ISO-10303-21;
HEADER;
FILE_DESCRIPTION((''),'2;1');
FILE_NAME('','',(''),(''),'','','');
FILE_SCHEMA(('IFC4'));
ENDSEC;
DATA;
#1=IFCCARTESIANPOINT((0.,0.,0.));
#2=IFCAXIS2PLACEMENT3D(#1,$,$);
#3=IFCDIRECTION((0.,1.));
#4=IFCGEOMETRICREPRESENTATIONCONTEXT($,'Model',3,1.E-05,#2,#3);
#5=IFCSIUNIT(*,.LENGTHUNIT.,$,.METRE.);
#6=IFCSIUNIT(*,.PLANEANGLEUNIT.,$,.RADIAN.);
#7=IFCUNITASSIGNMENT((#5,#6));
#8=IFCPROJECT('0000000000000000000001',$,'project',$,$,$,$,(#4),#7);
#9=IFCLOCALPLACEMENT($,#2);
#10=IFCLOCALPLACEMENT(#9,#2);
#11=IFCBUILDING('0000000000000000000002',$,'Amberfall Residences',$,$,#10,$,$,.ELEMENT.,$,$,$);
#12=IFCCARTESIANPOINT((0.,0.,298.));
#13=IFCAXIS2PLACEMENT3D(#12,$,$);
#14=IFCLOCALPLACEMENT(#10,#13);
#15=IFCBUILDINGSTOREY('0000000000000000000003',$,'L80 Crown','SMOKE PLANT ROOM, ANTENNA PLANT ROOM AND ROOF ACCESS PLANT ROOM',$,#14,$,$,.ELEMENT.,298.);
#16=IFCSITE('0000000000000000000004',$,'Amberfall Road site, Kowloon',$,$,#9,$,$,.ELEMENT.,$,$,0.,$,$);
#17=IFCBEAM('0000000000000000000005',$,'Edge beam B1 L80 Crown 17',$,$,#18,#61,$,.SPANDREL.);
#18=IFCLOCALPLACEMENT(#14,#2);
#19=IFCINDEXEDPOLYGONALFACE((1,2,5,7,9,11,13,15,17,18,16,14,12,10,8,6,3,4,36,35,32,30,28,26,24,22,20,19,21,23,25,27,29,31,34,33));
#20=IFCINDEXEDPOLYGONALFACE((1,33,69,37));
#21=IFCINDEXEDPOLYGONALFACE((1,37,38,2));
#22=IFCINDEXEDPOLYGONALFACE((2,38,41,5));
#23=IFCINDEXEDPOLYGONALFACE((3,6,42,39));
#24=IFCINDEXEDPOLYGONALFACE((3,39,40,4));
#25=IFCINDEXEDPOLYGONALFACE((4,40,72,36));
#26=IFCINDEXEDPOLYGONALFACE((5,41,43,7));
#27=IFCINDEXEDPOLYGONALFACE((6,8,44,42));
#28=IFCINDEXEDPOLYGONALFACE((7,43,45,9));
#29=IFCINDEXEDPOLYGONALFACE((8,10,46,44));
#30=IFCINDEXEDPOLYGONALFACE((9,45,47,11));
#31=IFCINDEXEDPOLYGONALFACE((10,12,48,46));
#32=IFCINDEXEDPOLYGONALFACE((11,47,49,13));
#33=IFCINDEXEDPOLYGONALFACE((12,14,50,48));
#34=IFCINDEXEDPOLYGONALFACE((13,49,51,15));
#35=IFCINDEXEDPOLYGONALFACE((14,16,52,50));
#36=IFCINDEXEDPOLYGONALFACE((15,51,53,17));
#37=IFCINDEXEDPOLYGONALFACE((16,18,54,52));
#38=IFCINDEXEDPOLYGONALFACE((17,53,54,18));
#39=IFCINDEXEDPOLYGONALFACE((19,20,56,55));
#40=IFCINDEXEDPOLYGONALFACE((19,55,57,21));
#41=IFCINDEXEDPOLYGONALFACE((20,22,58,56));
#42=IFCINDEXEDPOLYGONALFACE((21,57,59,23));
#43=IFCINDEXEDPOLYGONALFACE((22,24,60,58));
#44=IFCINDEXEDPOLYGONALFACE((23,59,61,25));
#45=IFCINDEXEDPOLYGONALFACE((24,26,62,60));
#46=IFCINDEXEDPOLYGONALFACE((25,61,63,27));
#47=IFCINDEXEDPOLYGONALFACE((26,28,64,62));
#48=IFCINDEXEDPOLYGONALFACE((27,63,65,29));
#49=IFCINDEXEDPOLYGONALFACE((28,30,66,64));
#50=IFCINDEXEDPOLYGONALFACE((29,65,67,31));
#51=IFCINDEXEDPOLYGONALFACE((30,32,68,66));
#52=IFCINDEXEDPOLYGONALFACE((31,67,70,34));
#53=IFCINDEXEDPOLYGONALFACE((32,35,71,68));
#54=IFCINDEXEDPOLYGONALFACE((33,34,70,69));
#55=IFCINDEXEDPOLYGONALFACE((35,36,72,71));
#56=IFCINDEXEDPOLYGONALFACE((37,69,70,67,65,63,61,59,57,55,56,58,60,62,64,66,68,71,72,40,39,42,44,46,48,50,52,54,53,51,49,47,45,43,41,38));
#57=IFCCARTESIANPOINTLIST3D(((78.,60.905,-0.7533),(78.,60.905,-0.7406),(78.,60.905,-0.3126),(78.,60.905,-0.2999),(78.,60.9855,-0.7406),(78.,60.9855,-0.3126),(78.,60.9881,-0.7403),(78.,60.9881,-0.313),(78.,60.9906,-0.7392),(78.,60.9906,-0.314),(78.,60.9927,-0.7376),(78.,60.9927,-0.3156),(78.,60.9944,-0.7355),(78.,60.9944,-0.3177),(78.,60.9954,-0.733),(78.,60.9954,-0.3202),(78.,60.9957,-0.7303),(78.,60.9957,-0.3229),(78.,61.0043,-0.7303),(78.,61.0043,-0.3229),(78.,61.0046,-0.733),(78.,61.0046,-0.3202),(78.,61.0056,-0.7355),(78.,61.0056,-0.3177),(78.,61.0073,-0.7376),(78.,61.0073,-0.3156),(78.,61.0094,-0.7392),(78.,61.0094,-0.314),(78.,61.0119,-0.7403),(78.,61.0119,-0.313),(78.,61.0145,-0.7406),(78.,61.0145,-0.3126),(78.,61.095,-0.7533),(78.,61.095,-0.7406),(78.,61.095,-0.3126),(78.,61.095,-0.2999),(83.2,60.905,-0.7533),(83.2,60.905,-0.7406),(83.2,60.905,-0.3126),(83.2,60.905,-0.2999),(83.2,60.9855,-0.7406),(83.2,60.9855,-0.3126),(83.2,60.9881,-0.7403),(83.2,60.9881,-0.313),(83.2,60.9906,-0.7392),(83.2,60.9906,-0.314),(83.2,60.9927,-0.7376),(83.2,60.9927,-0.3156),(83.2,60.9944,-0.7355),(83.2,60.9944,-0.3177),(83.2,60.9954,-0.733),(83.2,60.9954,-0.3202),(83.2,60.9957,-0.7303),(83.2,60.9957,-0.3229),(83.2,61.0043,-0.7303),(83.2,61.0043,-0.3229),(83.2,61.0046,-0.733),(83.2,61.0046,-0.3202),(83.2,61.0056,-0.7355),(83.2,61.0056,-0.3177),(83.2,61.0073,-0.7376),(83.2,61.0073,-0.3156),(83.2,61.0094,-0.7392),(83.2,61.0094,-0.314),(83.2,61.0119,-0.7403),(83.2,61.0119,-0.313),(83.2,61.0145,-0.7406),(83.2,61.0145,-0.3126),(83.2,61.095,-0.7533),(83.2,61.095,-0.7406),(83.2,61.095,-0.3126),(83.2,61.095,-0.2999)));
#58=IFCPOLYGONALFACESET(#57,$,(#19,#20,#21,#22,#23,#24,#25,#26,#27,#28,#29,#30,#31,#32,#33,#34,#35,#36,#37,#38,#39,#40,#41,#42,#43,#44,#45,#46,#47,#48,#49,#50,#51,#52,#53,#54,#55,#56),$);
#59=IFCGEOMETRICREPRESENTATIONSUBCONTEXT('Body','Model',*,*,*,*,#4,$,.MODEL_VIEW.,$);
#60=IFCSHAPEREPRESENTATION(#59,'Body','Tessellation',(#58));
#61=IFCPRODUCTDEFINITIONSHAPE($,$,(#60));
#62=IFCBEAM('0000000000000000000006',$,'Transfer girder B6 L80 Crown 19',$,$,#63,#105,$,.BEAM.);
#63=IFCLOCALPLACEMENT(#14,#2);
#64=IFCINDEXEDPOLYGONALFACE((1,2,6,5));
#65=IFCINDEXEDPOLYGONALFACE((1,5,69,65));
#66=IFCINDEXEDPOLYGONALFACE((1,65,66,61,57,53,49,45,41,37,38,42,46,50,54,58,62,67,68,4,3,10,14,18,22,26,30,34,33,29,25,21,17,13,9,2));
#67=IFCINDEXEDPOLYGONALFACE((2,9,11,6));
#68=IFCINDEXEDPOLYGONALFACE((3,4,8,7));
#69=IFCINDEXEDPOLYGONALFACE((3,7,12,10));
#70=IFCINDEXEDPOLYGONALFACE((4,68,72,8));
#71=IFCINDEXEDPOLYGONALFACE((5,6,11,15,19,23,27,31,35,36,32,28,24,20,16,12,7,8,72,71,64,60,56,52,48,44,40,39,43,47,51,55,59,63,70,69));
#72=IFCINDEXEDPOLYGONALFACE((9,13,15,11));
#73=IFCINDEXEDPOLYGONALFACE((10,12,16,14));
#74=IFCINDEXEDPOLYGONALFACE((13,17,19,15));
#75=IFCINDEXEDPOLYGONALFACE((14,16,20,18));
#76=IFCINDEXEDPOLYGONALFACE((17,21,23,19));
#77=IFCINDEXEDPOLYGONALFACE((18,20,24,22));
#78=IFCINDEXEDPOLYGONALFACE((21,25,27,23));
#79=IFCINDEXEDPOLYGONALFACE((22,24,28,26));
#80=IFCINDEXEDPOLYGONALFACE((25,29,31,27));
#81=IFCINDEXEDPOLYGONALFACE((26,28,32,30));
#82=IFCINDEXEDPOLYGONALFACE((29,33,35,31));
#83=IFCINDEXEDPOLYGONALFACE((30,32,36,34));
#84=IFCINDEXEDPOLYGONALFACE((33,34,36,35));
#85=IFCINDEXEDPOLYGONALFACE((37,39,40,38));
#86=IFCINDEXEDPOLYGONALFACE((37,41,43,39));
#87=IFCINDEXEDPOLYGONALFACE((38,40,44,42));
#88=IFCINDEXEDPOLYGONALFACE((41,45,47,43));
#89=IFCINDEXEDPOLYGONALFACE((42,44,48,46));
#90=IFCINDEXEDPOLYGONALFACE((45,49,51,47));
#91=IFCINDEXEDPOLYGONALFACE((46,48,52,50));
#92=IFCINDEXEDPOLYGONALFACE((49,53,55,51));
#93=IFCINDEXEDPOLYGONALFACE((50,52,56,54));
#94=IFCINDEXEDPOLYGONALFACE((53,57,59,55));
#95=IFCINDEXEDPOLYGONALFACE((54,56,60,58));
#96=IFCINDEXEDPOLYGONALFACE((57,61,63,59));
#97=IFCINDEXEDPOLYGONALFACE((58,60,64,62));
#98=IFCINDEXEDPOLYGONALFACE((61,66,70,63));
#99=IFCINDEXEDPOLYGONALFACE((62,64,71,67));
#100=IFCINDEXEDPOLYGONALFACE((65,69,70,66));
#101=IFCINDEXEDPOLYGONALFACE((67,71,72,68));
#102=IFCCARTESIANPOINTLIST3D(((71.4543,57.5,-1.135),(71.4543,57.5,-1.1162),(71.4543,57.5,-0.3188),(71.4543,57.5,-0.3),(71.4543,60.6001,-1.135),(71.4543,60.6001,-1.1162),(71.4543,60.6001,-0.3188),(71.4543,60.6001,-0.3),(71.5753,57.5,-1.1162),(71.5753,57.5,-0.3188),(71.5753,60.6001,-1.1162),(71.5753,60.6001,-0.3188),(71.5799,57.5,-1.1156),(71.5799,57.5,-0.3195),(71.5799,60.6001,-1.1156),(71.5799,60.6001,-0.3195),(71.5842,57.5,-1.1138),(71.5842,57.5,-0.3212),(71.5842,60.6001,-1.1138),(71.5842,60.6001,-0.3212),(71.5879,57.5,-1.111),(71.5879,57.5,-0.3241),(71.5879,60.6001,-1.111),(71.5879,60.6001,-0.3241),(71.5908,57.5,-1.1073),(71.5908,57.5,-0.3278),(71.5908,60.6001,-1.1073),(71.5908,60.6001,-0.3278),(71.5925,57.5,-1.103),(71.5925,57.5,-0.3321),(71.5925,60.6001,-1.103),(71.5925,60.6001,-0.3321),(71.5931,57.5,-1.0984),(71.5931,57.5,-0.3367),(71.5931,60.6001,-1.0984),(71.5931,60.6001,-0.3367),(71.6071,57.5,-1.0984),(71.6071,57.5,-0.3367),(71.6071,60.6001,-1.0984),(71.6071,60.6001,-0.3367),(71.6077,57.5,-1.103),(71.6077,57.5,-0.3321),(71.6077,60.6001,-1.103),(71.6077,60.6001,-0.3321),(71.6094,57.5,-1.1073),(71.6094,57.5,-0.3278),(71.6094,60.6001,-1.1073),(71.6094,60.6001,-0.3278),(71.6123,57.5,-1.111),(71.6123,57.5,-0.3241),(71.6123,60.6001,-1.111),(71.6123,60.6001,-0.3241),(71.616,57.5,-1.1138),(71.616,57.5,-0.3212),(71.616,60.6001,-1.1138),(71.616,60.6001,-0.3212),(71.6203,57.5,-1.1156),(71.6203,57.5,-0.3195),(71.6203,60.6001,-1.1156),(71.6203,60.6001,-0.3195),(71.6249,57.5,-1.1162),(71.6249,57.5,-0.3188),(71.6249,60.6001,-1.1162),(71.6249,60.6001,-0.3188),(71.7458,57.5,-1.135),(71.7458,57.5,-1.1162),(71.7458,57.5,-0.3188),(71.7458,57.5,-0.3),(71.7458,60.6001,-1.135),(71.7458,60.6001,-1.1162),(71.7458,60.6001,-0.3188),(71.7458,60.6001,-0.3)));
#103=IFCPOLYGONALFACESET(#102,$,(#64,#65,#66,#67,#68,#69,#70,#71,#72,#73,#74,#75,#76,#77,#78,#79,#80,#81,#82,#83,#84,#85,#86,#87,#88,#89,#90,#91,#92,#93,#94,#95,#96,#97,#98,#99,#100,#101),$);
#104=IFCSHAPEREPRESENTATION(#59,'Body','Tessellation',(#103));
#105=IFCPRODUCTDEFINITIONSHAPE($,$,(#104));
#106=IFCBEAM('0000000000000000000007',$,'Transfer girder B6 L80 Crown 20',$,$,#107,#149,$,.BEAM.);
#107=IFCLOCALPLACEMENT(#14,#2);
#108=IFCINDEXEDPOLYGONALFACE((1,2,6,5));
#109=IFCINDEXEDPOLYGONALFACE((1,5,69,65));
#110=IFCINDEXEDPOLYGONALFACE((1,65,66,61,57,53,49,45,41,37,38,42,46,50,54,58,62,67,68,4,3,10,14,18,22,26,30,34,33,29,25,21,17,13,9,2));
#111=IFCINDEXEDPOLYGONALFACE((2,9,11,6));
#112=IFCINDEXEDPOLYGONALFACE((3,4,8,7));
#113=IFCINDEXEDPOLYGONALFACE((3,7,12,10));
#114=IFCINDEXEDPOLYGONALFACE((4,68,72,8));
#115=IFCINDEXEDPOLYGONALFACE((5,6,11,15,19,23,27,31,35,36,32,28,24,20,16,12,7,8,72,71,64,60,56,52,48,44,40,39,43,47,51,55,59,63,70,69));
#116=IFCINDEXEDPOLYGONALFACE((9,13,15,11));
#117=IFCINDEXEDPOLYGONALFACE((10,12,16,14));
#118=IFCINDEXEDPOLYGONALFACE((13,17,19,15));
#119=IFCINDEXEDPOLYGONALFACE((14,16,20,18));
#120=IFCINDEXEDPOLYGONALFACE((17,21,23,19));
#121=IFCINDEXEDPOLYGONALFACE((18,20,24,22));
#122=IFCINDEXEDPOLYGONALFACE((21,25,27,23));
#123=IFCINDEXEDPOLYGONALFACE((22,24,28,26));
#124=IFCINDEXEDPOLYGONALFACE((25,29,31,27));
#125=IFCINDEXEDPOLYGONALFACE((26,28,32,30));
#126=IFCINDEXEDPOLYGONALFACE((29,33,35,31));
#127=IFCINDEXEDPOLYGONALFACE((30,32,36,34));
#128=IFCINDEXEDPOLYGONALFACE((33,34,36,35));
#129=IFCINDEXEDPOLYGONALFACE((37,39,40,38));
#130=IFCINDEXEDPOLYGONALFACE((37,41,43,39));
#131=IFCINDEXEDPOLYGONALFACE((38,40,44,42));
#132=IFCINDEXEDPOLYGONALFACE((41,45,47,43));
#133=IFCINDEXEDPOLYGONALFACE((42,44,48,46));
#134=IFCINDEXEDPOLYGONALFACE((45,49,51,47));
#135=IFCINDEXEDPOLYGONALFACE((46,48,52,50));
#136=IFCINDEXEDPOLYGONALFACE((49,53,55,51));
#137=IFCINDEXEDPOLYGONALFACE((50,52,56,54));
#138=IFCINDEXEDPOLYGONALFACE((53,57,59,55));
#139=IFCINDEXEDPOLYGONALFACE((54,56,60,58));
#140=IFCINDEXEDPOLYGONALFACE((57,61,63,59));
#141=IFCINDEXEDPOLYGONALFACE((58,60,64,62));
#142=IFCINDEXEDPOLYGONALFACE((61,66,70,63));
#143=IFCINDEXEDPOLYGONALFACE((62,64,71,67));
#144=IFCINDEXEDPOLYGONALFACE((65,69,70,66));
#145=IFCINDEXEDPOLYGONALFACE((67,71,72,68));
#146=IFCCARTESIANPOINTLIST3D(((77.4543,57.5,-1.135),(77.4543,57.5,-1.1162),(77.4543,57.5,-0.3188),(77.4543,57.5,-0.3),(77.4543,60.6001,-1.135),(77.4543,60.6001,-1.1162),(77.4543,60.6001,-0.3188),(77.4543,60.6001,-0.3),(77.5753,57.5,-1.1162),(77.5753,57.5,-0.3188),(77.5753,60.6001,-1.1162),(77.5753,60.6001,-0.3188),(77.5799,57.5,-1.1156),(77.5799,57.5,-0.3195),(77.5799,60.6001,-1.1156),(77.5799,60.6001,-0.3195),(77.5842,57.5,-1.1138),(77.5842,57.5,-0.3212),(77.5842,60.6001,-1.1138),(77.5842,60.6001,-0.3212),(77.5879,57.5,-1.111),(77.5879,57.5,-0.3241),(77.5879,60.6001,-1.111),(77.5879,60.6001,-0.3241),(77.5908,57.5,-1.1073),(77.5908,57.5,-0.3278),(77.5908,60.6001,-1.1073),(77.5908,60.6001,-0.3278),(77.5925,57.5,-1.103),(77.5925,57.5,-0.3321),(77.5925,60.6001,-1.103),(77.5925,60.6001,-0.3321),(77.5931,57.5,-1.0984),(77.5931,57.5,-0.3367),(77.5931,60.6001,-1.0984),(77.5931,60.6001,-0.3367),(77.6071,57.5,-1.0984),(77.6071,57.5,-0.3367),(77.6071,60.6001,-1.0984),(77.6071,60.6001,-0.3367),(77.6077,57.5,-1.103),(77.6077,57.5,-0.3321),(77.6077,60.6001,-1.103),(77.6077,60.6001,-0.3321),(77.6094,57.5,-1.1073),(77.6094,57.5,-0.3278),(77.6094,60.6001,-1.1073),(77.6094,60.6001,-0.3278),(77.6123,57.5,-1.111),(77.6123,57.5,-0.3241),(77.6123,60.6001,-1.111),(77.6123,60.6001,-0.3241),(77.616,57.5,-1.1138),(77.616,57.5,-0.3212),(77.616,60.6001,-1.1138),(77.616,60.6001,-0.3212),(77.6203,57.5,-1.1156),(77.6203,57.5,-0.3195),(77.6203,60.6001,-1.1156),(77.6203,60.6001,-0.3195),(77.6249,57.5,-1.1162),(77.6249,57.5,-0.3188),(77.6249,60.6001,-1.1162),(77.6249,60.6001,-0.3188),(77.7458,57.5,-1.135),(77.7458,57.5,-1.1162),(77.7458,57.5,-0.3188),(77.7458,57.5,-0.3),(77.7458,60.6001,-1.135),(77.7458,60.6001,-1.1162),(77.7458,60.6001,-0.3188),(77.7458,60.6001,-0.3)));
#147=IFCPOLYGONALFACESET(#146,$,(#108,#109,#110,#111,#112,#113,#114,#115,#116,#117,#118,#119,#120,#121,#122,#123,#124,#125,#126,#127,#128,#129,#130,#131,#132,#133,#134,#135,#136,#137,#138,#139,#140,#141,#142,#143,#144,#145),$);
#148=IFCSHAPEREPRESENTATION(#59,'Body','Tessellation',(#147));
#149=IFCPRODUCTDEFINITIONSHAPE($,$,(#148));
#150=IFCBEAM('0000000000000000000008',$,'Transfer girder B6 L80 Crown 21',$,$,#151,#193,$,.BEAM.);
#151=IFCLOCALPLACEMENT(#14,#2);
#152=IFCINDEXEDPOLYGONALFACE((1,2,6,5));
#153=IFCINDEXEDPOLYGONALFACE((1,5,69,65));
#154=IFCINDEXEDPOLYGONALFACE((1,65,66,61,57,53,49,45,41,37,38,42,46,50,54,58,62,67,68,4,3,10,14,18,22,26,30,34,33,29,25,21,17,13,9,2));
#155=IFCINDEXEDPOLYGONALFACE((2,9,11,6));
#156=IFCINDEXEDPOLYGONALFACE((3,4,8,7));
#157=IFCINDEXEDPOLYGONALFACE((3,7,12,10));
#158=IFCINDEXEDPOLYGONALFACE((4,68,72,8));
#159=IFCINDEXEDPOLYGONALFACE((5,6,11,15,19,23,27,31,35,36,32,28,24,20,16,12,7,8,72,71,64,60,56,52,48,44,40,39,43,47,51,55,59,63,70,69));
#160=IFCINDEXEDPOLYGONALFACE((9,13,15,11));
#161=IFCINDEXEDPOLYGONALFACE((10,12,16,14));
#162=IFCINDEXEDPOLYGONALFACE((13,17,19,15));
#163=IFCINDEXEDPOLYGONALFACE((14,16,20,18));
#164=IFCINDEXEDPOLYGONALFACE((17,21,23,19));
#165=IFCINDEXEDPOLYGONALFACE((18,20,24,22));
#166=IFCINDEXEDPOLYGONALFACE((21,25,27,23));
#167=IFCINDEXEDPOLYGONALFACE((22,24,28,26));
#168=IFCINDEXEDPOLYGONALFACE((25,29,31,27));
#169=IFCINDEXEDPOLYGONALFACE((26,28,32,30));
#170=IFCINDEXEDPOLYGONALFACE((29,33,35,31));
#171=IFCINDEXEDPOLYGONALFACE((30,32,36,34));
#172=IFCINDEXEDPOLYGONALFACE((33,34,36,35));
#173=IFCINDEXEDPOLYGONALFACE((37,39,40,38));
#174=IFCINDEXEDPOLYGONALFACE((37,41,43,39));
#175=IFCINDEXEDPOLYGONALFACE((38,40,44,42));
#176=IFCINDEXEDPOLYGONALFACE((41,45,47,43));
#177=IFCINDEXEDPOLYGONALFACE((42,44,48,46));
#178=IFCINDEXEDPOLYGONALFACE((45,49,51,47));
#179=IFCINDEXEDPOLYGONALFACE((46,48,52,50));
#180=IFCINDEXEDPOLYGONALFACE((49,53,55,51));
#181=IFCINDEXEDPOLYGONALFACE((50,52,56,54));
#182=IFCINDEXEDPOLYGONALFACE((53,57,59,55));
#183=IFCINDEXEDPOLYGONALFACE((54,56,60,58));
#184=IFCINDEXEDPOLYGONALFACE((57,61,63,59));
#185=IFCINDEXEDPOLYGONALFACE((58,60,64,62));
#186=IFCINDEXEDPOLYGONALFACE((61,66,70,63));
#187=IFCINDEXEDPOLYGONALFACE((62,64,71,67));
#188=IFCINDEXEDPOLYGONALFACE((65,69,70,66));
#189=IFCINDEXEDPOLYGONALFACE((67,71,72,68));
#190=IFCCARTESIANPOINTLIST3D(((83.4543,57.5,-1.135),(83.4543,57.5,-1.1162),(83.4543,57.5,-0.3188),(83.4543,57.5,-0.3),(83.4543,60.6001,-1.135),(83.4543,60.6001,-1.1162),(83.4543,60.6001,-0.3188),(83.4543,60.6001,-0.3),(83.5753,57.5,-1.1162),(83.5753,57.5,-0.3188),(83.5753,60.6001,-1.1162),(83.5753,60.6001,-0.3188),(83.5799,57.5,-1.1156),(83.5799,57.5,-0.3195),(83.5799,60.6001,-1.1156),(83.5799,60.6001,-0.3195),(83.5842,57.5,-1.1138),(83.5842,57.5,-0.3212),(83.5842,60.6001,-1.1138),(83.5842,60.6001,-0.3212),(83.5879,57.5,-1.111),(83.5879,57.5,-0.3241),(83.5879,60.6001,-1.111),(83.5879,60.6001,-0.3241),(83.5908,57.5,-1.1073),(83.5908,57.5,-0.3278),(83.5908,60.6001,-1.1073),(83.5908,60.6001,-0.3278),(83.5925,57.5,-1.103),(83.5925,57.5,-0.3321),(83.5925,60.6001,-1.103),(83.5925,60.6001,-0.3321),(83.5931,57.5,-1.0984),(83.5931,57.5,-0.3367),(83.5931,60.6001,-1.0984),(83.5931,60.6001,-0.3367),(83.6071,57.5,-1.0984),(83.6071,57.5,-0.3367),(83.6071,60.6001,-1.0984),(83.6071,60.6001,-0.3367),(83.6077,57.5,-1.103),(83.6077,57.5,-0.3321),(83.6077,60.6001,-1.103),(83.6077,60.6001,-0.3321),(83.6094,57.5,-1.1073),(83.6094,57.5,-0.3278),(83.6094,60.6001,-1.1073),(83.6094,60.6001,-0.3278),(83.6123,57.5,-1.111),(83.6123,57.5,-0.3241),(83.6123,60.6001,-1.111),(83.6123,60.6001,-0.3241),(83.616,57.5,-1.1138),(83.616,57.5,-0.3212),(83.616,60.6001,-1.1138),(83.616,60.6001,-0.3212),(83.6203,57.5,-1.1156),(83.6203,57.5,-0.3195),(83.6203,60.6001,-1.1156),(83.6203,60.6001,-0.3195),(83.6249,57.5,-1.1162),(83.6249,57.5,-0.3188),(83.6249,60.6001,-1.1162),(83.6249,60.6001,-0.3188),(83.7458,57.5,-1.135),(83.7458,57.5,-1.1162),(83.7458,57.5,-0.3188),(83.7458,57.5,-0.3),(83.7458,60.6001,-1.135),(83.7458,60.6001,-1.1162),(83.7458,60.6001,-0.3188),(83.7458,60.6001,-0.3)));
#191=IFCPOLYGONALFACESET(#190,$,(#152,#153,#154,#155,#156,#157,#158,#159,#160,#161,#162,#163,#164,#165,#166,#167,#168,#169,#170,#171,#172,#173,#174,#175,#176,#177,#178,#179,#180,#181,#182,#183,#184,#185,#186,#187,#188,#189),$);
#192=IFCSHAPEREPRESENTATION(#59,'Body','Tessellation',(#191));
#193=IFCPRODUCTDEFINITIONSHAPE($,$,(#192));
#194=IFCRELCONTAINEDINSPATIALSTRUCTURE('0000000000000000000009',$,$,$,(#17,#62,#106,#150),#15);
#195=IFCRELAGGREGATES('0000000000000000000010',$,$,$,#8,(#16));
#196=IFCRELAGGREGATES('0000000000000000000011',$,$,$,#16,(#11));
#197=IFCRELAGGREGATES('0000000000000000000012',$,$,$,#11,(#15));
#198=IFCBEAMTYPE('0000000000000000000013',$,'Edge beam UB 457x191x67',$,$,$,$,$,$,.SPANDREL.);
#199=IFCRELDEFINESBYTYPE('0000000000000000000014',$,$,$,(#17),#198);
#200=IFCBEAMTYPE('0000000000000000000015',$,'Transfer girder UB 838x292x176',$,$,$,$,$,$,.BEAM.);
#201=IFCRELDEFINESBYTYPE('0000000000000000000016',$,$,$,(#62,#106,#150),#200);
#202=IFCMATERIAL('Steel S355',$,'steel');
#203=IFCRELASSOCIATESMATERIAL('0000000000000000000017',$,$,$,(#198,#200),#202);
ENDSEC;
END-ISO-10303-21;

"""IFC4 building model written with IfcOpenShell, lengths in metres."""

from ifc_helpers import new_model, si_unit, direction, frame, origin, origin_2d, place, context, subcontext, project, spatial, i_section, extrude, material, material_profile, profile_set, type_object, element, save


model = new_model("IFC4")

# Units and contexts
model_context = context("Model", 3, precision=1e-05, world=origin(), true_north=direction((0.0, 1.0)))
body_context = subcontext(model_context, "Body", "Model", "MODEL_VIEW")
ifc_project = project(units=[si_unit("LENGTHUNIT", "METRE"), si_unit("PLANEANGLEUNIT", "RADIAN")], contexts=[model_context])

# Site, building, storey
site_placement = place(None, origin())
site = spatial("IfcSite", under=ifc_project, at=site_placement, Name="Amberfall Road site, Kowloon", CompositionType="ELEMENT", RefElevation=0.0)
building_placement = place(site_placement, origin())
building = spatial("IfcBuilding", under=site, at=building_placement, Name="Amberfall Residences", CompositionType="ELEMENT")
storey_placement = place(building_placement, frame((0.0, 0.0, 298.0)))
storey = spatial("IfcBuildingStorey", under=building, at=storey_placement, Name="L80 Crown", Description="SMOKE PLANT ROOM, ANTENNA PLANT ROOM AND ROOF ACCESS PLANT ROOM", CompositionType="ELEMENT", Elevation=298.0)

# Beams
ifc_material_1 = material(Name="Steel S355", Category="steel")
ifc_material_profile_1 = material_profile(ifc_material_1, i_section(OverallWidth=0.1899, OverallDepth=0.4534, WebThickness=0.0085, FlangeThickness=0.0127, FilletRadius=0.0103, at=origin_2d()), Name="UB 457x191x67")
ifc_profile_set_1 = profile_set([ifc_material_profile_1], Name="Steel S355")
beam_type_1 = type_object("IfcBeamType", Name="Edge beam UB 457x191x67", PredefinedType="SPANDREL", material=ifc_profile_set_1)
for number, where, z_axis, x_axis, name in (
    (1, (78.0, 61.0, -0.5266), (1.0, 0.0, 0.0), (0.0, 1.0, 0.0), "Edge beam B1 L80 Crown 17"),
):
    element("IfcBeam", number, at=place(storey_placement, frame(where, z_axis=z_axis, x_axis=x_axis)), inside=storey, type_object=beam_type_1, Name=name, PredefinedType="SPANDREL", context=body_context, shape_type="SweptSolid", body=[
        extrude(i_section(OverallWidth=0.1899, OverallDepth=0.4534, WebThickness=0.0085, FlangeThickness=0.0127, FilletRadius=0.0103, at=origin_2d()), origin(), (0.0, 0.0, 1.0), 5.2),
    ])
ifc_material_profile_2 = material_profile(ifc_material_1, i_section(OverallWidth=0.2915, OverallDepth=0.835, WebThickness=0.0139, FlangeThickness=0.0188, FilletRadius=0.0178, at=origin_2d()), Name="UB 838x292x176")
ifc_profile_set_2 = profile_set([ifc_material_profile_2], Name="Steel S355")
beam_type_2 = type_object("IfcBeamType", Name="Transfer girder UB 838x292x176", PredefinedType="BEAM", material=ifc_profile_set_2)
for number, where, z_axis, x_axis, name in (
    (2, (71.6001, 60.6001, -0.7175), (0.0, -1.0, 0.0), (1.0, 0.0, 0.0), "Transfer girder B6 L80 Crown 19"),
    (3, (77.6001, 60.6001, -0.7175), (0.0, -1.0, 0.0), (1.0, 0.0, 0.0), "Transfer girder B6 L80 Crown 20"),
    (4, (83.6001, 60.6001, -0.7175), (0.0, -1.0, 0.0), (1.0, 0.0, 0.0), "Transfer girder B6 L80 Crown 21"),
):
    element("IfcBeam", number, at=place(storey_placement, frame(where, z_axis=z_axis, x_axis=x_axis)), inside=storey, type_object=beam_type_2, Name=name, PredefinedType="BEAM", context=body_context, shape_type="SweptSolid", body=[
        extrude(i_section(OverallWidth=0.2915, OverallDepth=0.835, WebThickness=0.0139, FlangeThickness=0.0188, FilletRadius=0.0178, at=origin_2d()), origin(), (0.0, 0.0, 1.0), 3.1001),
    ])

save(model, "model.ifc")
